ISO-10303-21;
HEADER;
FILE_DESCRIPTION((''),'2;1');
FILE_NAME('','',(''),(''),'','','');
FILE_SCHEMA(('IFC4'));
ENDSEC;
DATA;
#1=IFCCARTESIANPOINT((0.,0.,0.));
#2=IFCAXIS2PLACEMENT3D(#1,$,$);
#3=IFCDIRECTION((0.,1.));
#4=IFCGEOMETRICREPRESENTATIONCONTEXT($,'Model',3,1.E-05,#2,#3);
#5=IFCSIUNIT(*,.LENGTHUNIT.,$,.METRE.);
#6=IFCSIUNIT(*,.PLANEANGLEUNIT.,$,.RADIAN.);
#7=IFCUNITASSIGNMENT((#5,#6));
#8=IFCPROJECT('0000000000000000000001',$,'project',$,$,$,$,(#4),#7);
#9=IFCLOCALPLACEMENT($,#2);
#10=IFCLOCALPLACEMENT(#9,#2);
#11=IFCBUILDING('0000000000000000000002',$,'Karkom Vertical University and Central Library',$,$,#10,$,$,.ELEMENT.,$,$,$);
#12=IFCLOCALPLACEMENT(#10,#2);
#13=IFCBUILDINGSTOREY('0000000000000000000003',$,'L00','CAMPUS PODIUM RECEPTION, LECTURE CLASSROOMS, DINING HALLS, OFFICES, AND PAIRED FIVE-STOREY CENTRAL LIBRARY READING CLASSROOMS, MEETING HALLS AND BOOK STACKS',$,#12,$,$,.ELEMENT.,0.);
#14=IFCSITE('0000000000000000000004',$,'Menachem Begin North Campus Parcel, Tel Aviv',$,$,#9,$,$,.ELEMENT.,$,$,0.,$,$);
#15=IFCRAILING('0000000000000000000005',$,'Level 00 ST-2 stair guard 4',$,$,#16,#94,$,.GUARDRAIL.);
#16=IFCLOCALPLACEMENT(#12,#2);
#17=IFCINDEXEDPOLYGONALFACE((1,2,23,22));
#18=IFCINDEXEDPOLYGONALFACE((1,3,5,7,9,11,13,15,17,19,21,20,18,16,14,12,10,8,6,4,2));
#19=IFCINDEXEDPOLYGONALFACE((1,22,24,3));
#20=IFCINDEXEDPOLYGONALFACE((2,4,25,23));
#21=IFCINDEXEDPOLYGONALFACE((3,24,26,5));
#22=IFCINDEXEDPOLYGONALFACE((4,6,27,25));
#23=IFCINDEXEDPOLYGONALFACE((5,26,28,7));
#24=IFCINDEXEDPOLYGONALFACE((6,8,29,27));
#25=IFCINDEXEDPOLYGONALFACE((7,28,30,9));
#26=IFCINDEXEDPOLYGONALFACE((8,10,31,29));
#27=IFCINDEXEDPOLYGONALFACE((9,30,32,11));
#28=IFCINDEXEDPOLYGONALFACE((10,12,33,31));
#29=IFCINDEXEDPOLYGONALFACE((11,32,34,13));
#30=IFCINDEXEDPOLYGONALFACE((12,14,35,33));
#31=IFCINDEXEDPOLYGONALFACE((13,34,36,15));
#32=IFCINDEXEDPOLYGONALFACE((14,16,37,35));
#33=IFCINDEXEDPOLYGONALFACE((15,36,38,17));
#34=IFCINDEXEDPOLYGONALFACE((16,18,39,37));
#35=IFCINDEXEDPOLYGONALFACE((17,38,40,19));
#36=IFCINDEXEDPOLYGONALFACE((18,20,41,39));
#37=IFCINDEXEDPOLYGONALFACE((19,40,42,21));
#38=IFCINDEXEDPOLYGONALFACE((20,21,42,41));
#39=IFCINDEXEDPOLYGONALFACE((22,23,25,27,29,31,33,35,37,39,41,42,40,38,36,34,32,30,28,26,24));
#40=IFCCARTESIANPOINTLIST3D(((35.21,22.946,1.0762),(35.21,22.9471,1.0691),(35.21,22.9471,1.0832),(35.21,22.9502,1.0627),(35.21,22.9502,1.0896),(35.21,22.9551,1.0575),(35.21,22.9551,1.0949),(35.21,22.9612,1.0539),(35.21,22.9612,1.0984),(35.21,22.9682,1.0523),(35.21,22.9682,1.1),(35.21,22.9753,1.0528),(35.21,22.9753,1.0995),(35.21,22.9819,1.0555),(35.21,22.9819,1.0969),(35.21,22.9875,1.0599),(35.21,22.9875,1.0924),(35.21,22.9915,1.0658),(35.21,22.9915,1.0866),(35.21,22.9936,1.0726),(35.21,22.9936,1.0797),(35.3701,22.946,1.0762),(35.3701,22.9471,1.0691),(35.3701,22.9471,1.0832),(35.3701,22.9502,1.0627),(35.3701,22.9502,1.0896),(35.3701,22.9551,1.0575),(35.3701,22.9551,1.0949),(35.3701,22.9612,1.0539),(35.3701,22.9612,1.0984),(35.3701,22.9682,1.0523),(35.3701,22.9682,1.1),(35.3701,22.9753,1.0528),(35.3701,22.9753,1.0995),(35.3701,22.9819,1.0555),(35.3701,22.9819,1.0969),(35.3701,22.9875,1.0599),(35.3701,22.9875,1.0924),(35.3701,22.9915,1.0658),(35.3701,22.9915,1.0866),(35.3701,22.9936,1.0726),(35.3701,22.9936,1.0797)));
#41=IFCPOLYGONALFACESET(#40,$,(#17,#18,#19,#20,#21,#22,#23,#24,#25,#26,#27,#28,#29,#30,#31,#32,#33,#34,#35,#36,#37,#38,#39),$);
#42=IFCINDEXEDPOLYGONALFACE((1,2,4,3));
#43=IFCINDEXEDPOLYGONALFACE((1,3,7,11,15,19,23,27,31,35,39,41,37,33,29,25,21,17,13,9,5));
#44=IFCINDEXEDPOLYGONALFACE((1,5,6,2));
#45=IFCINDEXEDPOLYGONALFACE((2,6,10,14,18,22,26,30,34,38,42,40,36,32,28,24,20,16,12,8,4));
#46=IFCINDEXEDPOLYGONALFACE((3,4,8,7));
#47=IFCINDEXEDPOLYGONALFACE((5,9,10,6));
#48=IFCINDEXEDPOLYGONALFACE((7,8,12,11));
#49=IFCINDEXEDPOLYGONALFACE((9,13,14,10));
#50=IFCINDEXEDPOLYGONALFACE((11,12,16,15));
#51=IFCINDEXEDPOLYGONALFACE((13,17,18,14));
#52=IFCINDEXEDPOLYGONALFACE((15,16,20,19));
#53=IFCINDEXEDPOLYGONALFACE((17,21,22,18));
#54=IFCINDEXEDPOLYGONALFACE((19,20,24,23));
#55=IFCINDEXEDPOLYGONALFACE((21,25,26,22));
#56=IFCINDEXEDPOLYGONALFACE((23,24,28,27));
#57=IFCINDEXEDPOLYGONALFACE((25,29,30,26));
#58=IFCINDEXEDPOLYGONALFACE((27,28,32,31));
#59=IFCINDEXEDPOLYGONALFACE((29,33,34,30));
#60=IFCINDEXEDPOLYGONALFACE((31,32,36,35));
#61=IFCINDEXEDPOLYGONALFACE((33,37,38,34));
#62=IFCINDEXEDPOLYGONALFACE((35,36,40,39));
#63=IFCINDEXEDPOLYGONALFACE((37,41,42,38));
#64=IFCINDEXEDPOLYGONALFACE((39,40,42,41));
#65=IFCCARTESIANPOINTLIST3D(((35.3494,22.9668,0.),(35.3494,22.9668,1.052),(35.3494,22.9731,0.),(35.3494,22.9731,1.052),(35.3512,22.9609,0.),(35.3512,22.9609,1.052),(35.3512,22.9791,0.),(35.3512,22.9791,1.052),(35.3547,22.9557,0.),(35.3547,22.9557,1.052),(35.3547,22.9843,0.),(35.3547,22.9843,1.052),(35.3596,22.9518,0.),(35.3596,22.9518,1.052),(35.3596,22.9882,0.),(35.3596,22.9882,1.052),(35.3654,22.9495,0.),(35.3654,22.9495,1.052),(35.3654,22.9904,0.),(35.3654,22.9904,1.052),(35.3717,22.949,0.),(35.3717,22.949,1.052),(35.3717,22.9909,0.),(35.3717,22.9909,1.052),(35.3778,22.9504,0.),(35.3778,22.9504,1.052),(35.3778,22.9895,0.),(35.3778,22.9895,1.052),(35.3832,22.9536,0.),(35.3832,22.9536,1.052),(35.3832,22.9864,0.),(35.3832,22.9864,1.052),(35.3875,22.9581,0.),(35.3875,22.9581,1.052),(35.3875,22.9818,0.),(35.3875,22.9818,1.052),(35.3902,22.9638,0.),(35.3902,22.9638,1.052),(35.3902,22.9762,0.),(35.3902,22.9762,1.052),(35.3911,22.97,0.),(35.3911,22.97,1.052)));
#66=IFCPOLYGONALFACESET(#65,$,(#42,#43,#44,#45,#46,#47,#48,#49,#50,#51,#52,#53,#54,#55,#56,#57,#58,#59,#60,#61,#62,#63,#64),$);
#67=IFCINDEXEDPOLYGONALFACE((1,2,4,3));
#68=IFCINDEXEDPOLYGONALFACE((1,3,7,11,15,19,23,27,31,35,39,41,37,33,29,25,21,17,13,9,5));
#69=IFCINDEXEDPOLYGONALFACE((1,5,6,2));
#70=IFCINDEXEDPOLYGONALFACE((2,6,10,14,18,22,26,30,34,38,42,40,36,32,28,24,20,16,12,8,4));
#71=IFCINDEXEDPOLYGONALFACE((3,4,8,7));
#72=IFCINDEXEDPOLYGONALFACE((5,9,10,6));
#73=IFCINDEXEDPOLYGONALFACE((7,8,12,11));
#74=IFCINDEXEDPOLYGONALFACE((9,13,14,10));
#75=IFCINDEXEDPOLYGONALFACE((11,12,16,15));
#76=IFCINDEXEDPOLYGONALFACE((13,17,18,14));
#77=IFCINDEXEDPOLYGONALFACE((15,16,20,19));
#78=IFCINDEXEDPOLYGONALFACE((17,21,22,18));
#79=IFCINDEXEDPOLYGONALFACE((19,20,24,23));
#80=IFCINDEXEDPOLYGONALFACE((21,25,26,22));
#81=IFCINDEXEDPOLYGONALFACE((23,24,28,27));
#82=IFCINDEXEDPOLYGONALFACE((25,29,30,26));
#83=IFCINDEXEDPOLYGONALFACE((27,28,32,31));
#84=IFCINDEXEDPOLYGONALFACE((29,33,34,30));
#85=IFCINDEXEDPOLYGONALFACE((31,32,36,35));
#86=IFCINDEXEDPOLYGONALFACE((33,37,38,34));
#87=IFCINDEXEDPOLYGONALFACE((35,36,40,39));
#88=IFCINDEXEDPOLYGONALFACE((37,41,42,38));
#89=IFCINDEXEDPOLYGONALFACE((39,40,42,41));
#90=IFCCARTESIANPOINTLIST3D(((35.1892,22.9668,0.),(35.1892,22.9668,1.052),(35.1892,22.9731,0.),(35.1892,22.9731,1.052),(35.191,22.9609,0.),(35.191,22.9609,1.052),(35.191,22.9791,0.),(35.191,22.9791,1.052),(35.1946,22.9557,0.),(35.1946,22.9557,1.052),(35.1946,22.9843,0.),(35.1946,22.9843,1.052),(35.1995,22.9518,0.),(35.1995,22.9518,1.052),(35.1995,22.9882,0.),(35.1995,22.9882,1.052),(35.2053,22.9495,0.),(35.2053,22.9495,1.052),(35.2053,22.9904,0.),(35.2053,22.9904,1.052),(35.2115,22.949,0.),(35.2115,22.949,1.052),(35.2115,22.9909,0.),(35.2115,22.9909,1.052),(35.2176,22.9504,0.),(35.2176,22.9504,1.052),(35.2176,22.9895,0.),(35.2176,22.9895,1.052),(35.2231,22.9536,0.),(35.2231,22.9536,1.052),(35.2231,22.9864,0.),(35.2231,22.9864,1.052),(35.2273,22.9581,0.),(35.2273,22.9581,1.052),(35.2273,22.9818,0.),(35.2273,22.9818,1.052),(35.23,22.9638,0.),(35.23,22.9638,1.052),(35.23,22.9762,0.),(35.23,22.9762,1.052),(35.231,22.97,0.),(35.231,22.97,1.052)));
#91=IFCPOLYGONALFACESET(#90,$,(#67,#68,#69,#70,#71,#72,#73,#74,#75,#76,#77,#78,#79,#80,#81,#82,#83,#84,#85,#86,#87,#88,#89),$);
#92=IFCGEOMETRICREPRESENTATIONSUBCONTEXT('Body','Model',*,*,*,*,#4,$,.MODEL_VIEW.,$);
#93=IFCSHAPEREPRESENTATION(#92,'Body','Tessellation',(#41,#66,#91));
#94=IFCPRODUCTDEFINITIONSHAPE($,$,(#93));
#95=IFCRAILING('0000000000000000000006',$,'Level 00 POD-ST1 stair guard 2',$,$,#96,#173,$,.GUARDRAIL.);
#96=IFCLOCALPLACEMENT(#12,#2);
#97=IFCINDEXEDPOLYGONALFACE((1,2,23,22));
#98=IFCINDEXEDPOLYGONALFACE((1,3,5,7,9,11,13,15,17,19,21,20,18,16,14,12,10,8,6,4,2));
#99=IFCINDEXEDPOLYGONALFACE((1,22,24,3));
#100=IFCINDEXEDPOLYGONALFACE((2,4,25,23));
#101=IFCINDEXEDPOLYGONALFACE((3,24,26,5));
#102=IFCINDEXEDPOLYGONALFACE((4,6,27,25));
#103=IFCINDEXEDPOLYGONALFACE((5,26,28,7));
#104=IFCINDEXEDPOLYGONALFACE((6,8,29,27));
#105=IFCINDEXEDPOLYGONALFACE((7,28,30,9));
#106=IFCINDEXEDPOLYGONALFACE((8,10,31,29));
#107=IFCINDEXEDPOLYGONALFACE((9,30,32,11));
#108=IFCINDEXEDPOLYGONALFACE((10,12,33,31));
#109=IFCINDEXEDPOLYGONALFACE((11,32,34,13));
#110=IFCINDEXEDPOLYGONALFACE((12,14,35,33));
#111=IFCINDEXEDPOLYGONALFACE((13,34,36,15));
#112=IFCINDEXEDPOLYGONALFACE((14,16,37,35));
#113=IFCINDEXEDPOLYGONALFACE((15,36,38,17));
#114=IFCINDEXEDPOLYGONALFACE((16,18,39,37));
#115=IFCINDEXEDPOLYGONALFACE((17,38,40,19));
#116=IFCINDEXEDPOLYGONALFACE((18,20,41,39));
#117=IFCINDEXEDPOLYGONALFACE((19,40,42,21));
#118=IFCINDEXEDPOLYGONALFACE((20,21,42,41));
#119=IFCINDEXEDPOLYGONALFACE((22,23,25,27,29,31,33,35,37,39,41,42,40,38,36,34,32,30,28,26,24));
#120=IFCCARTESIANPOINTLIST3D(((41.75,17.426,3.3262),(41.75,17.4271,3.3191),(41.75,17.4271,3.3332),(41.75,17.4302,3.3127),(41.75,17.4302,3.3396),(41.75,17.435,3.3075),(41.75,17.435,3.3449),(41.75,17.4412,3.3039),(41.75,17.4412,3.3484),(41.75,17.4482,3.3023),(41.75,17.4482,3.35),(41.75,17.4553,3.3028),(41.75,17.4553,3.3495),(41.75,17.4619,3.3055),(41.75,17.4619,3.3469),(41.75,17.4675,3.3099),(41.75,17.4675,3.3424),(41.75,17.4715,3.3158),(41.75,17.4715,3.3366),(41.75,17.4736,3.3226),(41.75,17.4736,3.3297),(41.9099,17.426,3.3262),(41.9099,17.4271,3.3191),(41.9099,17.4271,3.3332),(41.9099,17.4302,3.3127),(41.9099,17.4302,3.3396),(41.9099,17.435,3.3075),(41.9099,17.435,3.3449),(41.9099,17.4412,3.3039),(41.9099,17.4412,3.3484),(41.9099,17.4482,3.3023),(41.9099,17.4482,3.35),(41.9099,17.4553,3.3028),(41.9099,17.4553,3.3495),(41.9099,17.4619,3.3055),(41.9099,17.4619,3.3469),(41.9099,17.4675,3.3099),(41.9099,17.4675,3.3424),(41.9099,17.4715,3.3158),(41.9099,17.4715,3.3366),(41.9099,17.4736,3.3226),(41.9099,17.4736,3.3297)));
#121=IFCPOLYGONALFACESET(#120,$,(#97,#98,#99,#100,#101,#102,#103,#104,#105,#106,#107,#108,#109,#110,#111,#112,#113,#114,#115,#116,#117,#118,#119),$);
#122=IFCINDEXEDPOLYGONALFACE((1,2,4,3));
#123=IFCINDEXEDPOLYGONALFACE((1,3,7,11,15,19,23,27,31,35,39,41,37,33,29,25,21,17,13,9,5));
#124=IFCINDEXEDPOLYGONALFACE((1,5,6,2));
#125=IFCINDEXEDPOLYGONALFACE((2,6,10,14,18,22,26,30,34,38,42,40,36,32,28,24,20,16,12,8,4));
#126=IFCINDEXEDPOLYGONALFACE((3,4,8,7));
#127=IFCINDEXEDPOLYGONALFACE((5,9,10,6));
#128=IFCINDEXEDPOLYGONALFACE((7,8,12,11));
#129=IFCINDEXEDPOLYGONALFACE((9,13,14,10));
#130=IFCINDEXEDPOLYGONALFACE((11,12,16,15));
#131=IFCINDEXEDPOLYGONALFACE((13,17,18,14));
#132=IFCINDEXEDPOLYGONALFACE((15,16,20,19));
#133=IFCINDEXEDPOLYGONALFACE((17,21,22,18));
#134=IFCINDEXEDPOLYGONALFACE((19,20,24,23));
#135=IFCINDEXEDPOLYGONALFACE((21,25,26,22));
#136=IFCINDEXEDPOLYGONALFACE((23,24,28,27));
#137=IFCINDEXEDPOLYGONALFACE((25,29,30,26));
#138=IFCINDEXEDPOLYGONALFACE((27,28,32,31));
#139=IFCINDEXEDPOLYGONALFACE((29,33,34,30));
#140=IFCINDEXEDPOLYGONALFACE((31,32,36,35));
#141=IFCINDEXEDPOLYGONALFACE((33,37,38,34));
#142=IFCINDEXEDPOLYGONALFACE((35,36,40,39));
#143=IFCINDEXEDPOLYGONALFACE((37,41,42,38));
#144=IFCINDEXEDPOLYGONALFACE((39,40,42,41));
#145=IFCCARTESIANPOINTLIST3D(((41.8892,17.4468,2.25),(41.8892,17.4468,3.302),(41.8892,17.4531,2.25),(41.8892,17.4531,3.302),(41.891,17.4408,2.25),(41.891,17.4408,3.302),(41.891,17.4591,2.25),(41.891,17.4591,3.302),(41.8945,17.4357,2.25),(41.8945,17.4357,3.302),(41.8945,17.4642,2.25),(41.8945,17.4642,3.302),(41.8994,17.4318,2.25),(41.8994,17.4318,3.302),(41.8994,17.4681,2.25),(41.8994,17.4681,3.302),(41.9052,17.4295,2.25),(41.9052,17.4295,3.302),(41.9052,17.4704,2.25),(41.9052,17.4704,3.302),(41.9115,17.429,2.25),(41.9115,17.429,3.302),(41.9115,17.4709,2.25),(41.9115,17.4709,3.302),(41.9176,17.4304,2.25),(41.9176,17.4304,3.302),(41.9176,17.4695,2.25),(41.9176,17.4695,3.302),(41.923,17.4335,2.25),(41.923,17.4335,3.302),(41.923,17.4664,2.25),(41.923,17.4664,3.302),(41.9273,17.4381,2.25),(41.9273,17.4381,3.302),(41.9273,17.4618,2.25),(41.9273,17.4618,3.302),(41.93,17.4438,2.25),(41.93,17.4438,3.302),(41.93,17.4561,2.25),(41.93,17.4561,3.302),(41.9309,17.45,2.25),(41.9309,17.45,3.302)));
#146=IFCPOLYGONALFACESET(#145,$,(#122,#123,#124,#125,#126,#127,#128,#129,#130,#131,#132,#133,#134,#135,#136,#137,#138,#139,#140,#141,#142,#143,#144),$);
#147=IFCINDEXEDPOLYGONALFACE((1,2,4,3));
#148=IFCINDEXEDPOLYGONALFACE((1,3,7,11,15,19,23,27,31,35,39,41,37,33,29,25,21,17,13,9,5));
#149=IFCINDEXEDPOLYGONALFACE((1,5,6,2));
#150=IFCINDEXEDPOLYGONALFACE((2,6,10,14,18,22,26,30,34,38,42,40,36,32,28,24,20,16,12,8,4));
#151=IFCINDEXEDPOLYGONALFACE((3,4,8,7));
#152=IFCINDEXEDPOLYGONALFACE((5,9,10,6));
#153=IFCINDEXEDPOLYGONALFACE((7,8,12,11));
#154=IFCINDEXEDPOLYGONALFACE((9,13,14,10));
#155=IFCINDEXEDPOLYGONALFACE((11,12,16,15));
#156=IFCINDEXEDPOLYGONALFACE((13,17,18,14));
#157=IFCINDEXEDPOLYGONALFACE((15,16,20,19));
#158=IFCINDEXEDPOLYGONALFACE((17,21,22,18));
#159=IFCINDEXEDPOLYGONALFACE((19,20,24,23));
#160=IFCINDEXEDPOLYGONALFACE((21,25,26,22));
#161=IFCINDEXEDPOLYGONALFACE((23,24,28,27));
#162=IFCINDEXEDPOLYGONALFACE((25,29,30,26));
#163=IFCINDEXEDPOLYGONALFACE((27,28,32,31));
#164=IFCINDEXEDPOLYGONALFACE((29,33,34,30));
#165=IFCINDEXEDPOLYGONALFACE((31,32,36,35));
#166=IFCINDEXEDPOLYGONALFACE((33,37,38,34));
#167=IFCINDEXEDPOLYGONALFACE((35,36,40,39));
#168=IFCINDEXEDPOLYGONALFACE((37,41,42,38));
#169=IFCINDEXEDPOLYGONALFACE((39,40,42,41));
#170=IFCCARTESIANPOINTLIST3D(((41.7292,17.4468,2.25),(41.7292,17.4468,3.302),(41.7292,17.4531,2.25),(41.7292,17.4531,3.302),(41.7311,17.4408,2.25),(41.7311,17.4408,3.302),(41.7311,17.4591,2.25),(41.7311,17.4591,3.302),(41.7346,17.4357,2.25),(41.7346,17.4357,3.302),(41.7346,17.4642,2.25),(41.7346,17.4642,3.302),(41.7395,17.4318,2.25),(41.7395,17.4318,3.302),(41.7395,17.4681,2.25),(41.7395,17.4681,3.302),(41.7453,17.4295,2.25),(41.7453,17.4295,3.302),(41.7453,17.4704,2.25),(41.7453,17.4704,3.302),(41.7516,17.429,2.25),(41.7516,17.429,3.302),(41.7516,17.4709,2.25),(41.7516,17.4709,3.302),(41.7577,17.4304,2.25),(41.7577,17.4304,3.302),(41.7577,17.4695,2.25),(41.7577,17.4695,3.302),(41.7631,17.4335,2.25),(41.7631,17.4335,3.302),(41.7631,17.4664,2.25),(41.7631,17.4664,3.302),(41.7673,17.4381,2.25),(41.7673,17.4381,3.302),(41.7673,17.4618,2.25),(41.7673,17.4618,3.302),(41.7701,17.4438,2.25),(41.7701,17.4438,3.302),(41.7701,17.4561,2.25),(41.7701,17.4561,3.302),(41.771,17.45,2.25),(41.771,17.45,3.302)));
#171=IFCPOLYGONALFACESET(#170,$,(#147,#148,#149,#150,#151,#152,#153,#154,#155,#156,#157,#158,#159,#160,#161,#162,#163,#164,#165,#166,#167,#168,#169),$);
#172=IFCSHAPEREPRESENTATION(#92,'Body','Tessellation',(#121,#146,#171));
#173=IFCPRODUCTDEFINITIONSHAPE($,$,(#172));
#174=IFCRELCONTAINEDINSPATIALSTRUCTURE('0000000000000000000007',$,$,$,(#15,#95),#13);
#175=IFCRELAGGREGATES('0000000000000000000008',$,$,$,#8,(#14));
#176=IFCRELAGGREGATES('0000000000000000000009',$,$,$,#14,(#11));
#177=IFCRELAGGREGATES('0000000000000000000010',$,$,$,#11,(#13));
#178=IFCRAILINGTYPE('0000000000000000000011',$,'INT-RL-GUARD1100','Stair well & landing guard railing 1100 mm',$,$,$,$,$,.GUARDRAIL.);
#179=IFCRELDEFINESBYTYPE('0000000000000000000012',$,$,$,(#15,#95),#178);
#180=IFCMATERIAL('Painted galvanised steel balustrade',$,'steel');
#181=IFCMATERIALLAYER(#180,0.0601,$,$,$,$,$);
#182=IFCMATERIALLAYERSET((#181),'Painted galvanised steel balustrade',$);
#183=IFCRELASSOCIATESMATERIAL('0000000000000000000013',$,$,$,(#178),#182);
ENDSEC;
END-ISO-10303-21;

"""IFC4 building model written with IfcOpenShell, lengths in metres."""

from ifc_helpers import new_model, si_unit, direction, frame, origin, origin_2d, place, context, subcontext, project, spatial, circle, extrude, material, layer, layer_set, type_object, element, save


model = new_model("IFC4")

# Units and contexts
model_context = context("Model", 3, precision=1e-05, world=origin(), true_north=direction((0.0, 1.0)))
body_context = subcontext(model_context, "Body", "Model", "MODEL_VIEW")
ifc_project = project(units=[si_unit("LENGTHUNIT", "METRE"), si_unit("PLANEANGLEUNIT", "RADIAN")], contexts=[model_context])

# Site, building, storey
site_placement = place(None, origin())
site = spatial("IfcSite", under=ifc_project, at=site_placement, Name="Menachem Begin North Campus Parcel, Tel Aviv", CompositionType="ELEMENT", RefElevation=0.0)
building_placement = place(site_placement, origin())
building = spatial("IfcBuilding", under=site, at=building_placement, Name="Karkom Vertical University and Central Library", CompositionType="ELEMENT")
storey_placement = place(building_placement, origin())
storey = spatial("IfcBuildingStorey", under=building, at=storey_placement, Name="L00", Description="CAMPUS PODIUM RECEPTION, LECTURE CLASSROOMS, DINING HALLS, OFFICES, AND PAIRED FIVE-STOREY CENTRAL LIBRARY READING CLASSROOMS, MEETING HALLS AND BOOK STACKS", CompositionType="ELEMENT", Elevation=0.0)

# Railings
ifc_material_1 = material(Name="Painted galvanised steel balustrade", Category="steel")
ifc_layer_1 = layer(ifc_material_1, 0.0601)
ifc_layer_set_1 = layer_set([ifc_layer_1], Name="Painted galvanised steel balustrade")
railing_type_1 = type_object("IfcRailingType", Name="INT-RL-GUARD1100", Description="Stair well & landing guard railing 1100 mm", PredefinedType="GUARDRAIL", material=ifc_layer_set_1)
railing_1_placement = place(storey_placement, frame((35.3701, 22.97, 0.0)))
element("IfcRailing", 1, at=railing_1_placement, inside=storey, type_object=railing_type_1, Name="Level 00 ST-2 stair guard 4", PredefinedType="GUARDRAIL", context=body_context, shape_type="SweptSolid", body=[
    extrude(circle(Radius=0.0239, at=origin_2d()), frame((0.0, 0.0, 1.0762), z_axis=(-1.0, 0.0, 0.0), x_axis=(0.0, -1.0, 0.0)), (0.0, 0.0, 1.0), 0.1602),
    extrude(circle(Radius=0.021, at=origin_2d()), origin(), (0.0, 0.0, 1.0), 1.052),
    extrude(circle(Radius=0.021, at=origin_2d()), frame((-0.1602, 0.0, 0.0)), (0.0, 0.0, 1.0), 1.052),
])
railing_2_placement = place(storey_placement, frame((41.9099, 17.45, 2.25)))
element("IfcRailing", 2, at=railing_2_placement, inside=storey, type_object=railing_type_1, Name="Level 00 POD-ST1 stair guard 2", PredefinedType="GUARDRAIL", context=body_context, shape_type="SweptSolid", body=[
    extrude(circle(Radius=0.0239, at=origin_2d()), frame((0.0, 0.0, 1.0762), z_axis=(-1.0, 0.0, 0.0), x_axis=(0.0, -1.0, 0.0)), (0.0, 0.0, 1.0), 0.1599),
    extrude(circle(Radius=0.021, at=origin_2d()), origin(), (0.0, 0.0, 1.0), 1.052),
    extrude(circle(Radius=0.021, at=origin_2d()), frame((-0.1599, 0.0, 0.0)), (0.0, 0.0, 1.0), 1.052),
])

save(model, "model.ifc")
